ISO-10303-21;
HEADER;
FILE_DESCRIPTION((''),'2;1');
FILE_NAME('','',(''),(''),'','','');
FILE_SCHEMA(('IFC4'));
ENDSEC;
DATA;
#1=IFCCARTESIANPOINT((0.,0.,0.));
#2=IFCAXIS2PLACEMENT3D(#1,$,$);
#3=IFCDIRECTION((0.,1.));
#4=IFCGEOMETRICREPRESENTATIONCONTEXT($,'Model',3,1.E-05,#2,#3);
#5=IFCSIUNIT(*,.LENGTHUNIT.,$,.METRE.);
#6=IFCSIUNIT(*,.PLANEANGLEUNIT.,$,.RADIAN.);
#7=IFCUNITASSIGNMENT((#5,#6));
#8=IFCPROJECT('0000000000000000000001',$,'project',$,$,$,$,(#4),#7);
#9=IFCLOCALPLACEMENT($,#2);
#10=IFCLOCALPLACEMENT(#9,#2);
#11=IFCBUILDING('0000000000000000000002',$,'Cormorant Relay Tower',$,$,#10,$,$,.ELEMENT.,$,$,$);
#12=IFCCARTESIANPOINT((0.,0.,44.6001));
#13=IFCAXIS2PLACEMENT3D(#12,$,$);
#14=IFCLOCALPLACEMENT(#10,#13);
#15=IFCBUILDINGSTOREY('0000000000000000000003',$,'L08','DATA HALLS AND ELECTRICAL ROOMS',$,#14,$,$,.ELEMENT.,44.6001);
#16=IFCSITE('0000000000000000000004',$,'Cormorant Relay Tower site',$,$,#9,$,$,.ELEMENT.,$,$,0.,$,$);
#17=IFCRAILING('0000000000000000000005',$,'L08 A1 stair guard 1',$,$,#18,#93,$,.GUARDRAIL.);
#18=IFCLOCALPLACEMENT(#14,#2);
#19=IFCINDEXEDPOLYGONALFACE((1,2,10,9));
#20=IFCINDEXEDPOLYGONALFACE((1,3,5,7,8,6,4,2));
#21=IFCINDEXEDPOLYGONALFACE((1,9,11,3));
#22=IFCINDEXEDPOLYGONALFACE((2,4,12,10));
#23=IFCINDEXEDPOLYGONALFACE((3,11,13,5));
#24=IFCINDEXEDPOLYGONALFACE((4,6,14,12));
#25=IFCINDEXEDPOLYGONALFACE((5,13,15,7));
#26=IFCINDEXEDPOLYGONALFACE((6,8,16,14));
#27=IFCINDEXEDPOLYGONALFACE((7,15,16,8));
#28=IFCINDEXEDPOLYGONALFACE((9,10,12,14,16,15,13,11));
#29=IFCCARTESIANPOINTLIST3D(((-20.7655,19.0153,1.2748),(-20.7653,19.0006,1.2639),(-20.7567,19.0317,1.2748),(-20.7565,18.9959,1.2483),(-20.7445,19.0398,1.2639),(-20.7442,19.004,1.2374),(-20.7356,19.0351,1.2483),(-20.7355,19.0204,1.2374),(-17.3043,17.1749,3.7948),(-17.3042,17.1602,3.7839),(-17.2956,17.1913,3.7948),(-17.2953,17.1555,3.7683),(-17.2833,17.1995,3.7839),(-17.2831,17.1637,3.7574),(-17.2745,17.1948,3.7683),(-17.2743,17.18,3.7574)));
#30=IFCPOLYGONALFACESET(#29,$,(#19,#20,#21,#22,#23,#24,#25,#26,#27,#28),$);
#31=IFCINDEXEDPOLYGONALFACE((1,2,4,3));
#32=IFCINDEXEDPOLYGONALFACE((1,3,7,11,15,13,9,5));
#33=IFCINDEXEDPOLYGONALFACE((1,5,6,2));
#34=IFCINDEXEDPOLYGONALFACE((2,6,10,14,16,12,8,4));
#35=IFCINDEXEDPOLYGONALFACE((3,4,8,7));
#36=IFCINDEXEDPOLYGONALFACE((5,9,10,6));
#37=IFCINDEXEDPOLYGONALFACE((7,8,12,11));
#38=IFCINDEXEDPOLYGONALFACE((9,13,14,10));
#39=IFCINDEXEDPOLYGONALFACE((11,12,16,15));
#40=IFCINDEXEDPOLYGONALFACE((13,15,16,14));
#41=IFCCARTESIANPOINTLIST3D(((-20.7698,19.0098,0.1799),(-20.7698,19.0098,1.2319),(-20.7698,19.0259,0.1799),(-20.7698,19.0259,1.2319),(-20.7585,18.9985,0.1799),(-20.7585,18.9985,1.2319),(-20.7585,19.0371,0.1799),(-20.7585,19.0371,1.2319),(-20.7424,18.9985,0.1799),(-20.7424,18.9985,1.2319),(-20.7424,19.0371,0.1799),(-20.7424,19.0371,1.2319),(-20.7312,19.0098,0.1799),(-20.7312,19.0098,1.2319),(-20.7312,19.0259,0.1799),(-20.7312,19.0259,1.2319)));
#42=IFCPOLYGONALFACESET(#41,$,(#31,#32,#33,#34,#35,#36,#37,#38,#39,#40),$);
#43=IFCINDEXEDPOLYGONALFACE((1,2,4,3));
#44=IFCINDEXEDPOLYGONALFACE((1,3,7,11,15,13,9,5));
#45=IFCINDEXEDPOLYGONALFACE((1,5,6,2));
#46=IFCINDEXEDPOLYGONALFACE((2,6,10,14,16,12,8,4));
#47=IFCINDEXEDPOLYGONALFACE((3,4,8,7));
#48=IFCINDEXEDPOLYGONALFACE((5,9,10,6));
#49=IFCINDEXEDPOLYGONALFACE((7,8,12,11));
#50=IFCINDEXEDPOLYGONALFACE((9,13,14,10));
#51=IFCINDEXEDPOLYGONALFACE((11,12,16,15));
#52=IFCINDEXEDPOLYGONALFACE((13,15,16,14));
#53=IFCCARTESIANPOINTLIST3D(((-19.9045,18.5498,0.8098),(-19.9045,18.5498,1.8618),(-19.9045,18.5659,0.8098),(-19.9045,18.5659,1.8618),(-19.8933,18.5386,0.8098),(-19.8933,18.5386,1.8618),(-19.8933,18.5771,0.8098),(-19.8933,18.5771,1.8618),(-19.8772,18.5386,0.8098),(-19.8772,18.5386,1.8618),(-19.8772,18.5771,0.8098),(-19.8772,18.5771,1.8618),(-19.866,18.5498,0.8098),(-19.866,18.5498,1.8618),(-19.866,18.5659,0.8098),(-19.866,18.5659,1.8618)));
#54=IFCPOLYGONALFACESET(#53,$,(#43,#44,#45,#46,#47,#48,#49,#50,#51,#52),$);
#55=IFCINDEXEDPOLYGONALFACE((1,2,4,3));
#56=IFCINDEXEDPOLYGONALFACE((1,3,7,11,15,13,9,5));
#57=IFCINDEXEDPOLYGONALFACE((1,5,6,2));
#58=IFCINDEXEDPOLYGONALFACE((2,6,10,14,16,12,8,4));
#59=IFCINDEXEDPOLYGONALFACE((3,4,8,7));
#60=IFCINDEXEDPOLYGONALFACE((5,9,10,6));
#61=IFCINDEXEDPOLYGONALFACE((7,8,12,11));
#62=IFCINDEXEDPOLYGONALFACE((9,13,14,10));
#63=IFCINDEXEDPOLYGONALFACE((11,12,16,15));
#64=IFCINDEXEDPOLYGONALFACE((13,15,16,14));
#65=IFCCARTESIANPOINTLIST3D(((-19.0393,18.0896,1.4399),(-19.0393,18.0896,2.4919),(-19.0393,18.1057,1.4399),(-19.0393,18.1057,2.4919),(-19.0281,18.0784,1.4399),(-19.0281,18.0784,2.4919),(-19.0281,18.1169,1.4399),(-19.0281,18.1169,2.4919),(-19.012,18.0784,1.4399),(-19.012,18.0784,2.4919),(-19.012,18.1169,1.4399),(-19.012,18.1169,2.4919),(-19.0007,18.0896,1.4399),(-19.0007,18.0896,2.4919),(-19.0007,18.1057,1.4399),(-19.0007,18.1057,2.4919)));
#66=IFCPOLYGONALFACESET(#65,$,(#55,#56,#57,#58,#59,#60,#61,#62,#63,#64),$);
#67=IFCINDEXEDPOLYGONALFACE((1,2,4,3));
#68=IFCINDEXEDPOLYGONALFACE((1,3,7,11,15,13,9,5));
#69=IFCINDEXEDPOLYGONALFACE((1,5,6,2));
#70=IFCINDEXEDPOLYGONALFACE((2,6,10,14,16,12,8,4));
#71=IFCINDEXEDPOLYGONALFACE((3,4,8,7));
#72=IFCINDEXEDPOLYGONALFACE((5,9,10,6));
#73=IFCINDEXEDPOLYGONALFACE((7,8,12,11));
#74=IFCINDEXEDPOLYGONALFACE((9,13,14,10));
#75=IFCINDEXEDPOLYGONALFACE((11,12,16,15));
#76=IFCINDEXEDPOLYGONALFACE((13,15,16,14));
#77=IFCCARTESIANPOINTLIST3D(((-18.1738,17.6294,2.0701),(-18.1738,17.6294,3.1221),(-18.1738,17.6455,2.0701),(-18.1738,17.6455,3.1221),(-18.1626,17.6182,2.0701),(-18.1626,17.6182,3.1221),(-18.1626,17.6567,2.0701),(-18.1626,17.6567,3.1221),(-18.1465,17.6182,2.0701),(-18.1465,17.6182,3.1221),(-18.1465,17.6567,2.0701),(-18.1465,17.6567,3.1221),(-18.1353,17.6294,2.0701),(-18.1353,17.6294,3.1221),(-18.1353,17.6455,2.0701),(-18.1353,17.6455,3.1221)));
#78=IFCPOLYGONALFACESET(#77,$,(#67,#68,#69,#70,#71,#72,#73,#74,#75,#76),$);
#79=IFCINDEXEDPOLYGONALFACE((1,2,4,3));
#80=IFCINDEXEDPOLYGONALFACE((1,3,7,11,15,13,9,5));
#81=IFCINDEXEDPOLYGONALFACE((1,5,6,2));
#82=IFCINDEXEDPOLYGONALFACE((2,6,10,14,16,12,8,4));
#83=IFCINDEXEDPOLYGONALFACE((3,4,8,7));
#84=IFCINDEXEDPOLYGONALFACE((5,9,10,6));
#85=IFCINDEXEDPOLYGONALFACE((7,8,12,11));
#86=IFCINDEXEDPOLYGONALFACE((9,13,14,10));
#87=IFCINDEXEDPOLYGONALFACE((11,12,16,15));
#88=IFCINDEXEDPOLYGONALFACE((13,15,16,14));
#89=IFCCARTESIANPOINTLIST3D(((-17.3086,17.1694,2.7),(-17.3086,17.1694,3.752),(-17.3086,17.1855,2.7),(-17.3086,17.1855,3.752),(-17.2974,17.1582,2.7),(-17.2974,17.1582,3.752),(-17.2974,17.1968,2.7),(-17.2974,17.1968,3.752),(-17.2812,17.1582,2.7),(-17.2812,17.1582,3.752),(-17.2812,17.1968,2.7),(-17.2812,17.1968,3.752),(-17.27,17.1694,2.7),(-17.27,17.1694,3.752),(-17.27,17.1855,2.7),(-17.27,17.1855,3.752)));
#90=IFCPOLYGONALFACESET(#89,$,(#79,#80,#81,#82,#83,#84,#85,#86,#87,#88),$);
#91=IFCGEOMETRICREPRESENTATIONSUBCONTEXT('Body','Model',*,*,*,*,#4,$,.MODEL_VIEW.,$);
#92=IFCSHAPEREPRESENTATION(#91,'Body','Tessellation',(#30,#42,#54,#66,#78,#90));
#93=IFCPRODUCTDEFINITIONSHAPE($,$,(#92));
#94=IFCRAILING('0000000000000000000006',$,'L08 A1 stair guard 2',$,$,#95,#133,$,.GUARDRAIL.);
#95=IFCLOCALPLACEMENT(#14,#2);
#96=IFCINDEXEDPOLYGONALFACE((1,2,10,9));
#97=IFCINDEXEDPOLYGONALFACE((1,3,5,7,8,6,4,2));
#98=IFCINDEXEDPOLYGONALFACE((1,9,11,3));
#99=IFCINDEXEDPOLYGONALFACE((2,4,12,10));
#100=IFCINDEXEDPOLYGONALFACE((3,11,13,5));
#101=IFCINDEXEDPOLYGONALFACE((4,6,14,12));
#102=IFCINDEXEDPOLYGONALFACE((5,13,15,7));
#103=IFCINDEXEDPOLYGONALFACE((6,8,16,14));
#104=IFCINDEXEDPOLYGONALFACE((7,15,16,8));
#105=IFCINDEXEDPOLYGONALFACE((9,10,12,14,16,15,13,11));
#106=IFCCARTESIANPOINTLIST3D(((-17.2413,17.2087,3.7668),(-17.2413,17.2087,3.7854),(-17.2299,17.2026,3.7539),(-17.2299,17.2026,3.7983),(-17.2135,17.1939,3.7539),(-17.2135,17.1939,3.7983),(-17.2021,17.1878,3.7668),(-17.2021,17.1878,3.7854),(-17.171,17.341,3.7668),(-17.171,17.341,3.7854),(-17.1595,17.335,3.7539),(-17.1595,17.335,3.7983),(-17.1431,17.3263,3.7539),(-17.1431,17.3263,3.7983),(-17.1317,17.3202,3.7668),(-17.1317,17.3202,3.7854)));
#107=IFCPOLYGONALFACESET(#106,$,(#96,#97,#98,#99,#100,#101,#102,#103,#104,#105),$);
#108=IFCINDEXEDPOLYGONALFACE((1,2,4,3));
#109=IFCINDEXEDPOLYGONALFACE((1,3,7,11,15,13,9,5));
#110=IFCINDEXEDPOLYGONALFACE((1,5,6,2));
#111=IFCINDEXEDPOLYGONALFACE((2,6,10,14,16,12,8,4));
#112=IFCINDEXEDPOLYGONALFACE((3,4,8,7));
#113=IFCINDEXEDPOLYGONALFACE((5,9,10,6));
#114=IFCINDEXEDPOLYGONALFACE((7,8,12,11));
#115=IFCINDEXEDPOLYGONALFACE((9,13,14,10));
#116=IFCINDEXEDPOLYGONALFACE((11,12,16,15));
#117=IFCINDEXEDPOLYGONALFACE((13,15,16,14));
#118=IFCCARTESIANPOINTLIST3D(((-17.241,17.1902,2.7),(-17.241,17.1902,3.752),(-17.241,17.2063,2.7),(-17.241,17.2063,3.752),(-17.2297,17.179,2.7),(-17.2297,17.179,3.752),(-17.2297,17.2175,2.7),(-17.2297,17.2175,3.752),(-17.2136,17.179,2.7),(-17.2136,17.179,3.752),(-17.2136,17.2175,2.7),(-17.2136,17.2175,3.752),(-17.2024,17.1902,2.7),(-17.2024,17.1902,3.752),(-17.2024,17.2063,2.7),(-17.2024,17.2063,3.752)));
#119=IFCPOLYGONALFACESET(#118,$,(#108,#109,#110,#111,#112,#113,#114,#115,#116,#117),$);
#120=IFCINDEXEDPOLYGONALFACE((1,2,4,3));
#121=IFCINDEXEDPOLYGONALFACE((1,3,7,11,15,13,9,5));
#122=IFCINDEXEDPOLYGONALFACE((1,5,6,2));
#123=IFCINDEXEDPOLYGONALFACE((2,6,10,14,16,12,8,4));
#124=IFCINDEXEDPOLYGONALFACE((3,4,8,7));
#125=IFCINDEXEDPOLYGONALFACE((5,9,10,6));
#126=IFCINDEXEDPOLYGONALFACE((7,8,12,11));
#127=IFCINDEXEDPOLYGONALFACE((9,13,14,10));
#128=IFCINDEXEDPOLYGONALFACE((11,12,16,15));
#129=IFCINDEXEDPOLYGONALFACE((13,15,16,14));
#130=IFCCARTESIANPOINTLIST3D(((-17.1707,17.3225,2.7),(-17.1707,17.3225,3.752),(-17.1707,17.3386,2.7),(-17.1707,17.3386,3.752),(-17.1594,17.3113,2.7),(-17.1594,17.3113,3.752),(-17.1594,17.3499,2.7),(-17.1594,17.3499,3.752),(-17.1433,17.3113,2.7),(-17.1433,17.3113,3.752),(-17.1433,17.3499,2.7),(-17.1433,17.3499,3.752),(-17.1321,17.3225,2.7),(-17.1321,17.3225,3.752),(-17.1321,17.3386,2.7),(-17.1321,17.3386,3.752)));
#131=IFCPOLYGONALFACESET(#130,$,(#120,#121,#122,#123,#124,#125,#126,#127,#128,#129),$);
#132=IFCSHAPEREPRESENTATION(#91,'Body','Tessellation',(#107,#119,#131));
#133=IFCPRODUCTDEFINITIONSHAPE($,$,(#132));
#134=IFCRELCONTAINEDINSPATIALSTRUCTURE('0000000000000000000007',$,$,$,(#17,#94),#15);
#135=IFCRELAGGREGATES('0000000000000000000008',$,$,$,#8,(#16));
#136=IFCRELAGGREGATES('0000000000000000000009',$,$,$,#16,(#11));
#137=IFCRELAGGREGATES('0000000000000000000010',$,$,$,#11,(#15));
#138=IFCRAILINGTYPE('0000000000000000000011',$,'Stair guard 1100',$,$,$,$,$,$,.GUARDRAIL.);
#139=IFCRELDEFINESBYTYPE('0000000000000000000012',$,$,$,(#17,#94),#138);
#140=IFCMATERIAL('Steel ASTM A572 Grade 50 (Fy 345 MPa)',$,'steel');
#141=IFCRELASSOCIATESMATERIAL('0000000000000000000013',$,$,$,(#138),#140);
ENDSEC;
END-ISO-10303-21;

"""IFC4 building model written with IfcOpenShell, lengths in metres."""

from ifc_helpers import new_model, si_unit, direction, frame, origin, place, context, subcontext, project, spatial, polyline, outline, extrude, material, type_object, element, save


model = new_model("IFC4")

# Units and contexts
model_context = context("Model", 3, precision=1e-05, world=origin(), true_north=direction((0.0, 1.0)))
body_context = subcontext(model_context, "Body", "Model", "MODEL_VIEW")
ifc_project = project(units=[si_unit("LENGTHUNIT", "METRE"), si_unit("PLANEANGLEUNIT", "RADIAN")], contexts=[model_context])

# Site, building, storey
site_placement = place(None, origin())
site = spatial("IfcSite", under=ifc_project, at=site_placement, Name="Cormorant Relay Tower site", CompositionType="ELEMENT", RefElevation=0.0)
building_placement = place(site_placement, origin())
building = spatial("IfcBuilding", under=site, at=building_placement, Name="Cormorant Relay Tower", CompositionType="ELEMENT")
storey_placement = place(building_placement, frame((0.0, 0.0, 44.6001)))
storey = spatial("IfcBuildingStorey", under=building, at=storey_placement, Name="L08", Description="DATA HALLS AND ELECTRICAL ROOMS", CompositionType="ELEMENT", Elevation=44.6001)

# Railings
ifc_material_1 = material(Name="Steel ASTM A572 Grade 50 (Fy 345 MPa)", Category="steel")
railing_type_1 = type_object("IfcRailingType", Name="Stair guard 1100", PredefinedType="GUARDRAIL", material=ifc_material_1)
railing_1_placement = place(storey_placement, frame((-20.7505, 19.0178, 0.1799)))
element("IfcRailing", 1, at=railing_1_placement, inside=storey, type_object=railing_type_1, Name="L08 A1 stair guard 1", PredefinedType="GUARDRAIL", context=body_context, shape_type="SweptSolid", body=[
    extrude(outline(polyline([(0.0222, 0.0093), (0.0093, 0.0222), (-0.0093, 0.0222), (-0.0222, 0.0093), (-0.0222, -0.0093), (-0.0093, -0.0222), (0.0093, -0.0222), (0.0222, -0.0093), (0.0222, 0.0093)])), frame((0.0, 0.0, 1.0762), z_axis=(0.742717, -0.394907, 0.540758), x_axis=(0.469469, 0.882949, 0.0)), (0.0, 0.0, 1.0), 4.6602),
    extrude(outline(polyline([(0.0193, 0.0081), (0.0081, 0.0193), (-0.0081, 0.0193), (-0.0193, 0.0081), (-0.0193, -0.0081), (-0.0081, -0.0193), (0.0081, -0.0193), (0.0193, -0.0081), (0.0193, 0.0081)])), origin(), (0.0, 0.0, 1.0), 1.052),
    extrude(outline(polyline([(0.0193, 0.0081), (0.0081, 0.0193), (-0.0081, 0.0193), (-0.0193, 0.0081), (-0.0193, -0.0081), (-0.0081, -0.0193), (0.0081, -0.0193), (0.0193, -0.0081), (0.0193, 0.0081)])), frame((0.8652, -0.46, 0.6299)), (0.0, 0.0, 1.0), 1.052),
    extrude(outline(polyline([(0.0193, 0.0081), (0.0081, 0.0193), (-0.0081, 0.0193), (-0.0193, 0.0081), (-0.0193, -0.0081), (-0.0081, -0.0193), (0.0081, -0.0193), (0.0193, -0.0081), (0.0193, 0.0081)])), frame((1.7305, -0.9202, 1.26)), (0.0, 0.0, 1.0), 1.052),
    extrude(outline(polyline([(0.0193, 0.0081), (0.0081, 0.0193), (-0.0081, 0.0193), (-0.0193, 0.0081), (-0.0193, -0.0081), (-0.0081, -0.0193), (0.0081, -0.0193), (0.0193, -0.0081), (0.0193, 0.0081)])), frame((2.5959, -1.3804, 1.8901)), (0.0, 0.0, 1.0), 1.052),
    extrude(outline(polyline([(0.0193, 0.0081), (0.0081, 0.0193), (-0.0081, 0.0193), (-0.0193, 0.0081), (-0.0193, -0.0081), (-0.0081, -0.0193), (0.0081, -0.0193), (0.0193, -0.0081), (0.0193, 0.0081)])), frame((3.4612, -1.8403, 2.52)), (0.0, 0.0, 1.0), 1.052),
])
railing_2_placement = place(storey_placement, frame((-17.2217, 17.1982, 2.7)))
element("IfcRailing", 2, at=railing_2_placement, inside=storey, type_object=railing_type_1, Name="L08 A1 stair guard 2", PredefinedType="GUARDRAIL", context=body_context, shape_type="SweptSolid", body=[
    extrude(outline(polyline([(0.0222, 0.0093), (0.0093, 0.0222), (-0.0093, 0.0222), (-0.0222, 0.0093), (-0.0222, -0.0093), (-0.0093, -0.0222), (0.0093, -0.0222), (0.0222, -0.0093), (0.0222, 0.0093)])), frame((0.0, 0.0, 1.0762), z_axis=(0.469235, 0.883074, 0.0), x_axis=(-0.883074, 0.469235, 0.0)), (0.0, 0.0, 1.0), 0.1499),
    extrude(outline(polyline([(0.0193, 0.0081), (0.0081, 0.0193), (-0.0081, 0.0193), (-0.0193, 0.0081), (-0.0193, -0.0081), (-0.0081, -0.0193), (0.0081, -0.0193), (0.0193, -0.0081), (0.0193, 0.0081)])), origin(), (0.0, 0.0, 1.0), 1.052),
    extrude(outline(polyline([(0.0193, 0.0081), (0.0081, 0.0193), (-0.0081, 0.0193), (-0.0193, 0.0081), (-0.0193, -0.0081), (-0.0081, -0.0193), (0.0081, -0.0193), (0.0193, -0.0081), (0.0193, 0.0081)])), frame((0.0703, 0.1323, 0.0)), (0.0, 0.0, 1.0), 1.052),
])

save(model, "model.ifc")
